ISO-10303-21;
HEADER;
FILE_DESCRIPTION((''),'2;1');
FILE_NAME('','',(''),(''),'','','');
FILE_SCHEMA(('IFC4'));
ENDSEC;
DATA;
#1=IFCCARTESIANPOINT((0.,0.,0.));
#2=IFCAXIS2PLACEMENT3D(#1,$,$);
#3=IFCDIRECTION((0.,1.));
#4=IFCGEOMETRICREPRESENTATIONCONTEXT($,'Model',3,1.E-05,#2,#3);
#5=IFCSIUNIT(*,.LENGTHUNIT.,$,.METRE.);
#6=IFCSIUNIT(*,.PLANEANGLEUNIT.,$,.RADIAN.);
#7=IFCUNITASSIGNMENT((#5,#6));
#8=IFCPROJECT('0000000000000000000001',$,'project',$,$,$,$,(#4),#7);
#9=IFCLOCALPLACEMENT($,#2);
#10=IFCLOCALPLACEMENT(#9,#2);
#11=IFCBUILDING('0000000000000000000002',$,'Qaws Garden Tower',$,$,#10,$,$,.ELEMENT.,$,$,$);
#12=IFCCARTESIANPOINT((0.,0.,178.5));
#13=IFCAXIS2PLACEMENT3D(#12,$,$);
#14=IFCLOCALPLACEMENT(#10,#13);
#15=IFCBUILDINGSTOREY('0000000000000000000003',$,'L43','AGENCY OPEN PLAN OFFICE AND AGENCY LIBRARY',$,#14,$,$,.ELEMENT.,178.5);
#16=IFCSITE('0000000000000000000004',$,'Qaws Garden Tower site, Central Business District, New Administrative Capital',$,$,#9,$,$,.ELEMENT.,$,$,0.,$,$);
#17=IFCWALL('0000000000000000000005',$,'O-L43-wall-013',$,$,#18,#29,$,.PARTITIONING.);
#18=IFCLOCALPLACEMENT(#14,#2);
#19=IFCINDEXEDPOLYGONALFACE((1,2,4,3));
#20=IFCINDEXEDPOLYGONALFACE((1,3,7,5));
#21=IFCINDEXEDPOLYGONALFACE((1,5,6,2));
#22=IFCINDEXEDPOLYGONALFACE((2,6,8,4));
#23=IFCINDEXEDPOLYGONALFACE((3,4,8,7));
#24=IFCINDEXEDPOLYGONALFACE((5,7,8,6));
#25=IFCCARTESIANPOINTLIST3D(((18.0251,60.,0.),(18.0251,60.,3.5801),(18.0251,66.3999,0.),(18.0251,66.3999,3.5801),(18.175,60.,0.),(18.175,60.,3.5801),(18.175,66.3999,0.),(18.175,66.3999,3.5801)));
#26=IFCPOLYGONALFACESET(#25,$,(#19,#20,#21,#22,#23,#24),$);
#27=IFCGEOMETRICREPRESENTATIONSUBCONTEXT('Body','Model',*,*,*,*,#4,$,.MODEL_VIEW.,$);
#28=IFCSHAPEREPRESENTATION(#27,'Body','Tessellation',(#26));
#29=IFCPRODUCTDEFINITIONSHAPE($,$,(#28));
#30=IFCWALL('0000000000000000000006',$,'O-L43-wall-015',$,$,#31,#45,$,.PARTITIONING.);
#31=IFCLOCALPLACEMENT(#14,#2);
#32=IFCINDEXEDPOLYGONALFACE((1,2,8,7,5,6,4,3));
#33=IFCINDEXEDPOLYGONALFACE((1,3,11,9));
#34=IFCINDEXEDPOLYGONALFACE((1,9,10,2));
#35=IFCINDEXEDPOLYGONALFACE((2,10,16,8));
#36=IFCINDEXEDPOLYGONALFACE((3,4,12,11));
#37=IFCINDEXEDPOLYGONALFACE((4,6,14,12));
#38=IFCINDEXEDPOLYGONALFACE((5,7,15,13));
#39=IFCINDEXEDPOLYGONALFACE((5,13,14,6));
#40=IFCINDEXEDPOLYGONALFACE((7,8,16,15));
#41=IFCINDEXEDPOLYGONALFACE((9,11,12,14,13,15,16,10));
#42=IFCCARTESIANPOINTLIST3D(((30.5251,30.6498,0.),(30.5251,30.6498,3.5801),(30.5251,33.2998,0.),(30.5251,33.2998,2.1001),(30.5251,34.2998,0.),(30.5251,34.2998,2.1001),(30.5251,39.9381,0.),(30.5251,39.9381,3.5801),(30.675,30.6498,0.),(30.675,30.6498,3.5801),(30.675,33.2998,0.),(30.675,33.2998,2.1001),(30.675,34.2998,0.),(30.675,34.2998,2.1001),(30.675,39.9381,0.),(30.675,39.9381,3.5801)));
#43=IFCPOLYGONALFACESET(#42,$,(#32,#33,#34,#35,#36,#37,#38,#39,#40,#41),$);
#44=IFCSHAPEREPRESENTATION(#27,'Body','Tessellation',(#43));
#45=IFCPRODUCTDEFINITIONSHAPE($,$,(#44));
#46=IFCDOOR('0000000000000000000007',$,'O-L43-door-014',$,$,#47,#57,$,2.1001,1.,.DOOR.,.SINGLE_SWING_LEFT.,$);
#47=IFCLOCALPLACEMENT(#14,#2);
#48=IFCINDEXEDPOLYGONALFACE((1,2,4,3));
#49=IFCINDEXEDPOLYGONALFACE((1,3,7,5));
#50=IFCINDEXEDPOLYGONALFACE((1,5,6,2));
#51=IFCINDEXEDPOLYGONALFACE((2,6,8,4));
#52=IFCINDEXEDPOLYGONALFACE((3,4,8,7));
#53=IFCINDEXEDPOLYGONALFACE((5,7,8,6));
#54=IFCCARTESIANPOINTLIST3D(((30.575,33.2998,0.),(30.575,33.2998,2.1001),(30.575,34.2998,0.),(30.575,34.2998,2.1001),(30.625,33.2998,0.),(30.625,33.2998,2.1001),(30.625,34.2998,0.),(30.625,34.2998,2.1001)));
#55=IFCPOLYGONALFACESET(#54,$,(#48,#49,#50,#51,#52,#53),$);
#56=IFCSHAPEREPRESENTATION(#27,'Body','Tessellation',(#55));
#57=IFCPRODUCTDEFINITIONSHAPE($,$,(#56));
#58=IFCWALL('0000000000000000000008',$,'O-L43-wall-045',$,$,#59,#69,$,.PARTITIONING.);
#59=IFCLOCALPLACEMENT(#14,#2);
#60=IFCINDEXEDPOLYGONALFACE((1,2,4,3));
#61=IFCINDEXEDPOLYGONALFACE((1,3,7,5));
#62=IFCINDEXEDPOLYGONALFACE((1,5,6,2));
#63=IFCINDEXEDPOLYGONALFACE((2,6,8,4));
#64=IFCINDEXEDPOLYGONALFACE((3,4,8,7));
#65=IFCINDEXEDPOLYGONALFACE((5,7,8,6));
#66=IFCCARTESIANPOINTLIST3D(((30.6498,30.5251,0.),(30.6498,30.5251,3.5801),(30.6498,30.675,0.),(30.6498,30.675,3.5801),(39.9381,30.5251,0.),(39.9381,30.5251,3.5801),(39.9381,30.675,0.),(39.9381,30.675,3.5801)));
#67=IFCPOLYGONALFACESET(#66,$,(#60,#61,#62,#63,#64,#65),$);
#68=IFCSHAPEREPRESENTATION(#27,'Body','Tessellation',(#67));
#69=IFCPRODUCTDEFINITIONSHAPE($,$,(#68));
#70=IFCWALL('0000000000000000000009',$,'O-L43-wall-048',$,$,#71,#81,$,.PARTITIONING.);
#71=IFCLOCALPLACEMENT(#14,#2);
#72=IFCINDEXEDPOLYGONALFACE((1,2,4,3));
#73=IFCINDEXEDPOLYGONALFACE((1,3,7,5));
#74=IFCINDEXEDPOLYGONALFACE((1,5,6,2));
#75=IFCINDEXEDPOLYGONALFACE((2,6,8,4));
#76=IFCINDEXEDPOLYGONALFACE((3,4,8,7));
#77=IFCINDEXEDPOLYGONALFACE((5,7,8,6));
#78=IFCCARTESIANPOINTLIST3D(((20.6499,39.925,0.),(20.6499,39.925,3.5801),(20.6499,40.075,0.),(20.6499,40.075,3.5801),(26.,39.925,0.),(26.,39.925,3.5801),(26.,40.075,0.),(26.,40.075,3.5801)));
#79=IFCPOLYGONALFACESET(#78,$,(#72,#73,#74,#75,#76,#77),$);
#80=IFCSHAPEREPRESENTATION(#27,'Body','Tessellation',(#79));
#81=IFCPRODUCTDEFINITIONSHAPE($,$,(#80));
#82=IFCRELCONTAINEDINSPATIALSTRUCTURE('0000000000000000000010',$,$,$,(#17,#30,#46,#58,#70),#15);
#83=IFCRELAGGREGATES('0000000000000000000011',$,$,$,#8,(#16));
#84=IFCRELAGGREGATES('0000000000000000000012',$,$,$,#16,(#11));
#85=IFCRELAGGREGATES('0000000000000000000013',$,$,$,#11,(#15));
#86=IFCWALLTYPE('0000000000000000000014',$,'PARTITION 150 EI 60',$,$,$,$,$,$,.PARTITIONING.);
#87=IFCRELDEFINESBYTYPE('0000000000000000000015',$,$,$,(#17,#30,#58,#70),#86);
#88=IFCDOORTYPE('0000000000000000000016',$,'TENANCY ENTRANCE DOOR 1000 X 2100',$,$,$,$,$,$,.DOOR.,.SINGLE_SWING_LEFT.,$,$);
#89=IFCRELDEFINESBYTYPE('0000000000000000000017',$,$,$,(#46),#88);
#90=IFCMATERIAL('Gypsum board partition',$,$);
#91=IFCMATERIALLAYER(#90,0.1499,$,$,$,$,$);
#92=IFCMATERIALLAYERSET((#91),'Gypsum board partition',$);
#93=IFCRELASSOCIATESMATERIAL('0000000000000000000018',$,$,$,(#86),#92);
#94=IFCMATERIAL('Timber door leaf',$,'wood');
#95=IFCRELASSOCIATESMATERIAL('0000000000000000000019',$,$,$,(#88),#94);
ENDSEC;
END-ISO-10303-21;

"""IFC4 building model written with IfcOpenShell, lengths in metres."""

from ifc_helpers import new_model, si_unit, direction, frame, frame_2d, origin, place, context, subcontext, project, spatial, rectangle, extrude, material, layer, layer_set, type_object, element, fill, save


model = new_model("IFC4")

# Units and contexts
model_context = context("Model", 3, precision=1e-05, world=origin(), true_north=direction((0.0, 1.0)))
body_context = subcontext(model_context, "Body", "Model", "MODEL_VIEW")
ifc_project = project(units=[si_unit("LENGTHUNIT", "METRE"), si_unit("PLANEANGLEUNIT", "RADIAN")], contexts=[model_context])

# Site, building, storey
site_placement = place(None, origin())
site = spatial("IfcSite", under=ifc_project, at=site_placement, Name="Qaws Garden Tower site, Central Business District, New Administrative Capital", CompositionType="ELEMENT", RefElevation=0.0)
building_placement = place(site_placement, origin())
building = spatial("IfcBuilding", under=site, at=building_placement, Name="Qaws Garden Tower", CompositionType="ELEMENT")
storey_placement = place(building_placement, frame((0.0, 0.0, 178.5)))
storey = spatial("IfcBuildingStorey", under=building, at=storey_placement, Name="L43", Description="AGENCY OPEN PLAN OFFICE AND AGENCY LIBRARY", CompositionType="ELEMENT", Elevation=178.5)

# Wall
ifc_material_1 = material(Name="Gypsum board partition")
ifc_layer_1 = layer(ifc_material_1, 0.1499)
ifc_layer_set_1 = layer_set([ifc_layer_1], Name="Gypsum board partition")
wall_type_1 = type_object("IfcWallType", Name="PARTITION 150 EI 60", PredefinedType="PARTITIONING", material=ifc_layer_set_1)
wall_1_placement = place(storey_placement, frame((18.1001, 60.0, 0.0), z_axis=(0.0, 0.0, 1.0), x_axis=(0.0, 1.0, 0.0)))
element("IfcWall", 1, at=wall_1_placement, inside=storey, type_object=wall_type_1, Name="O-L43-wall-013", PredefinedType="PARTITIONING", context=body_context, shape_type="SweptSolid", body=[
    extrude(rectangle(XDim=6.3999, YDim=0.1499, at=frame_2d((3.2, 0.0))), origin(), (0.0, 0.0, 1.0), 3.5801),
])

# Wall, opening, door
wall_2_placement = place(storey_placement, frame((30.6001, 30.6499, 0.0), z_axis=(0.0, 0.0, 1.0), x_axis=(0.0, 1.0, 0.0)))
wall_2 = element("IfcWall", 2, at=wall_2_placement, inside=storey, type_object=wall_type_1, Name="O-L43-wall-015", PredefinedType="PARTITIONING", context=body_context, shape_type="SweptSolid", body=[
    extrude(rectangle(XDim=9.2883, YDim=0.1499, at=frame_2d((4.644, 0.0))), origin(), (0.0, 0.0, 1.0), 3.5801),
])
opening_1_placement = place(wall_2_placement, frame((2.6499, 0.0, 0.0)))
opening_1 = element("IfcOpeningElement", 3, at=opening_1_placement, cuts=wall_2, PredefinedType="OPENING", context=body_context, shape_type="SweptSolid", body=[
    extrude(rectangle(XDim=1.0, YDim=2.1001, at=frame_2d((0.5, 1.05))), frame((0.0, 0.085, 0.0), z_axis=(0.0, -1.0, 0.0), x_axis=(1.0, 0.0, 0.0)), (0.0, 0.0, 1.0), 0.1699),
])
ifc_material_2 = material(Name="Timber door leaf", Category="wood")
door_type = type_object("IfcDoorType", Name="TENANCY ENTRANCE DOOR 1000 X 2100", OperationType="SINGLE_SWING_LEFT", PredefinedType="DOOR", material=ifc_material_2)
door_placement = place(opening_1_placement, frame((1.0, 0.0, 0.0), z_axis=(0.0, 0.0, 1.0), x_axis=(-1.0, 0.0, 0.0)))
door = element("IfcDoor", 4, at=door_placement, inside=storey, type_object=door_type, Name="O-L43-door-014", OperationType="SINGLE_SWING_LEFT", OverallHeight=2.1001, OverallWidth=1.0, PredefinedType="DOOR", context=body_context, shape_type="SweptSolid", body=[
    extrude(rectangle(XDim=1.0, YDim=2.1001, at=frame_2d((0.5, 1.05))), frame((0.0, 0.0249, 0.0), z_axis=(0.0, -1.0, 0.0), x_axis=(1.0, 0.0, 0.0)), (0.0, 0.0, 1.0), 0.05),
])
fill(opening_1, door)

# Walls
wall_3_placement = place(storey_placement, frame((30.6499, 30.6001, 0.0), z_axis=(0.0, 0.0, 1.0), x_axis=(1.0, 0.0, 0.0)))
element("IfcWall", 5, at=wall_3_placement, inside=storey, type_object=wall_type_1, Name="O-L43-wall-045", PredefinedType="PARTITIONING", context=body_context, shape_type="SweptSolid", body=[
    extrude(rectangle(XDim=9.2883, YDim=0.1499, at=frame_2d((4.644, 0.0))), origin(), (0.0, 0.0, 1.0), 3.5801),
])
wall_4_placement = place(storey_placement, frame((20.6499, 40.0, 0.0), z_axis=(0.0, 0.0, 1.0), x_axis=(1.0, 0.0, 0.0)))
element("IfcWall", 6, at=wall_4_placement, inside=storey, type_object=wall_type_1, Name="O-L43-wall-048", PredefinedType="PARTITIONING", context=body_context, shape_type="SweptSolid", body=[
    extrude(rectangle(XDim=5.3501, YDim=0.1499, at=frame_2d((2.675, 0.0))), origin(), (0.0, 0.0, 1.0), 3.5801),
])

save(model, "model.ifc")
